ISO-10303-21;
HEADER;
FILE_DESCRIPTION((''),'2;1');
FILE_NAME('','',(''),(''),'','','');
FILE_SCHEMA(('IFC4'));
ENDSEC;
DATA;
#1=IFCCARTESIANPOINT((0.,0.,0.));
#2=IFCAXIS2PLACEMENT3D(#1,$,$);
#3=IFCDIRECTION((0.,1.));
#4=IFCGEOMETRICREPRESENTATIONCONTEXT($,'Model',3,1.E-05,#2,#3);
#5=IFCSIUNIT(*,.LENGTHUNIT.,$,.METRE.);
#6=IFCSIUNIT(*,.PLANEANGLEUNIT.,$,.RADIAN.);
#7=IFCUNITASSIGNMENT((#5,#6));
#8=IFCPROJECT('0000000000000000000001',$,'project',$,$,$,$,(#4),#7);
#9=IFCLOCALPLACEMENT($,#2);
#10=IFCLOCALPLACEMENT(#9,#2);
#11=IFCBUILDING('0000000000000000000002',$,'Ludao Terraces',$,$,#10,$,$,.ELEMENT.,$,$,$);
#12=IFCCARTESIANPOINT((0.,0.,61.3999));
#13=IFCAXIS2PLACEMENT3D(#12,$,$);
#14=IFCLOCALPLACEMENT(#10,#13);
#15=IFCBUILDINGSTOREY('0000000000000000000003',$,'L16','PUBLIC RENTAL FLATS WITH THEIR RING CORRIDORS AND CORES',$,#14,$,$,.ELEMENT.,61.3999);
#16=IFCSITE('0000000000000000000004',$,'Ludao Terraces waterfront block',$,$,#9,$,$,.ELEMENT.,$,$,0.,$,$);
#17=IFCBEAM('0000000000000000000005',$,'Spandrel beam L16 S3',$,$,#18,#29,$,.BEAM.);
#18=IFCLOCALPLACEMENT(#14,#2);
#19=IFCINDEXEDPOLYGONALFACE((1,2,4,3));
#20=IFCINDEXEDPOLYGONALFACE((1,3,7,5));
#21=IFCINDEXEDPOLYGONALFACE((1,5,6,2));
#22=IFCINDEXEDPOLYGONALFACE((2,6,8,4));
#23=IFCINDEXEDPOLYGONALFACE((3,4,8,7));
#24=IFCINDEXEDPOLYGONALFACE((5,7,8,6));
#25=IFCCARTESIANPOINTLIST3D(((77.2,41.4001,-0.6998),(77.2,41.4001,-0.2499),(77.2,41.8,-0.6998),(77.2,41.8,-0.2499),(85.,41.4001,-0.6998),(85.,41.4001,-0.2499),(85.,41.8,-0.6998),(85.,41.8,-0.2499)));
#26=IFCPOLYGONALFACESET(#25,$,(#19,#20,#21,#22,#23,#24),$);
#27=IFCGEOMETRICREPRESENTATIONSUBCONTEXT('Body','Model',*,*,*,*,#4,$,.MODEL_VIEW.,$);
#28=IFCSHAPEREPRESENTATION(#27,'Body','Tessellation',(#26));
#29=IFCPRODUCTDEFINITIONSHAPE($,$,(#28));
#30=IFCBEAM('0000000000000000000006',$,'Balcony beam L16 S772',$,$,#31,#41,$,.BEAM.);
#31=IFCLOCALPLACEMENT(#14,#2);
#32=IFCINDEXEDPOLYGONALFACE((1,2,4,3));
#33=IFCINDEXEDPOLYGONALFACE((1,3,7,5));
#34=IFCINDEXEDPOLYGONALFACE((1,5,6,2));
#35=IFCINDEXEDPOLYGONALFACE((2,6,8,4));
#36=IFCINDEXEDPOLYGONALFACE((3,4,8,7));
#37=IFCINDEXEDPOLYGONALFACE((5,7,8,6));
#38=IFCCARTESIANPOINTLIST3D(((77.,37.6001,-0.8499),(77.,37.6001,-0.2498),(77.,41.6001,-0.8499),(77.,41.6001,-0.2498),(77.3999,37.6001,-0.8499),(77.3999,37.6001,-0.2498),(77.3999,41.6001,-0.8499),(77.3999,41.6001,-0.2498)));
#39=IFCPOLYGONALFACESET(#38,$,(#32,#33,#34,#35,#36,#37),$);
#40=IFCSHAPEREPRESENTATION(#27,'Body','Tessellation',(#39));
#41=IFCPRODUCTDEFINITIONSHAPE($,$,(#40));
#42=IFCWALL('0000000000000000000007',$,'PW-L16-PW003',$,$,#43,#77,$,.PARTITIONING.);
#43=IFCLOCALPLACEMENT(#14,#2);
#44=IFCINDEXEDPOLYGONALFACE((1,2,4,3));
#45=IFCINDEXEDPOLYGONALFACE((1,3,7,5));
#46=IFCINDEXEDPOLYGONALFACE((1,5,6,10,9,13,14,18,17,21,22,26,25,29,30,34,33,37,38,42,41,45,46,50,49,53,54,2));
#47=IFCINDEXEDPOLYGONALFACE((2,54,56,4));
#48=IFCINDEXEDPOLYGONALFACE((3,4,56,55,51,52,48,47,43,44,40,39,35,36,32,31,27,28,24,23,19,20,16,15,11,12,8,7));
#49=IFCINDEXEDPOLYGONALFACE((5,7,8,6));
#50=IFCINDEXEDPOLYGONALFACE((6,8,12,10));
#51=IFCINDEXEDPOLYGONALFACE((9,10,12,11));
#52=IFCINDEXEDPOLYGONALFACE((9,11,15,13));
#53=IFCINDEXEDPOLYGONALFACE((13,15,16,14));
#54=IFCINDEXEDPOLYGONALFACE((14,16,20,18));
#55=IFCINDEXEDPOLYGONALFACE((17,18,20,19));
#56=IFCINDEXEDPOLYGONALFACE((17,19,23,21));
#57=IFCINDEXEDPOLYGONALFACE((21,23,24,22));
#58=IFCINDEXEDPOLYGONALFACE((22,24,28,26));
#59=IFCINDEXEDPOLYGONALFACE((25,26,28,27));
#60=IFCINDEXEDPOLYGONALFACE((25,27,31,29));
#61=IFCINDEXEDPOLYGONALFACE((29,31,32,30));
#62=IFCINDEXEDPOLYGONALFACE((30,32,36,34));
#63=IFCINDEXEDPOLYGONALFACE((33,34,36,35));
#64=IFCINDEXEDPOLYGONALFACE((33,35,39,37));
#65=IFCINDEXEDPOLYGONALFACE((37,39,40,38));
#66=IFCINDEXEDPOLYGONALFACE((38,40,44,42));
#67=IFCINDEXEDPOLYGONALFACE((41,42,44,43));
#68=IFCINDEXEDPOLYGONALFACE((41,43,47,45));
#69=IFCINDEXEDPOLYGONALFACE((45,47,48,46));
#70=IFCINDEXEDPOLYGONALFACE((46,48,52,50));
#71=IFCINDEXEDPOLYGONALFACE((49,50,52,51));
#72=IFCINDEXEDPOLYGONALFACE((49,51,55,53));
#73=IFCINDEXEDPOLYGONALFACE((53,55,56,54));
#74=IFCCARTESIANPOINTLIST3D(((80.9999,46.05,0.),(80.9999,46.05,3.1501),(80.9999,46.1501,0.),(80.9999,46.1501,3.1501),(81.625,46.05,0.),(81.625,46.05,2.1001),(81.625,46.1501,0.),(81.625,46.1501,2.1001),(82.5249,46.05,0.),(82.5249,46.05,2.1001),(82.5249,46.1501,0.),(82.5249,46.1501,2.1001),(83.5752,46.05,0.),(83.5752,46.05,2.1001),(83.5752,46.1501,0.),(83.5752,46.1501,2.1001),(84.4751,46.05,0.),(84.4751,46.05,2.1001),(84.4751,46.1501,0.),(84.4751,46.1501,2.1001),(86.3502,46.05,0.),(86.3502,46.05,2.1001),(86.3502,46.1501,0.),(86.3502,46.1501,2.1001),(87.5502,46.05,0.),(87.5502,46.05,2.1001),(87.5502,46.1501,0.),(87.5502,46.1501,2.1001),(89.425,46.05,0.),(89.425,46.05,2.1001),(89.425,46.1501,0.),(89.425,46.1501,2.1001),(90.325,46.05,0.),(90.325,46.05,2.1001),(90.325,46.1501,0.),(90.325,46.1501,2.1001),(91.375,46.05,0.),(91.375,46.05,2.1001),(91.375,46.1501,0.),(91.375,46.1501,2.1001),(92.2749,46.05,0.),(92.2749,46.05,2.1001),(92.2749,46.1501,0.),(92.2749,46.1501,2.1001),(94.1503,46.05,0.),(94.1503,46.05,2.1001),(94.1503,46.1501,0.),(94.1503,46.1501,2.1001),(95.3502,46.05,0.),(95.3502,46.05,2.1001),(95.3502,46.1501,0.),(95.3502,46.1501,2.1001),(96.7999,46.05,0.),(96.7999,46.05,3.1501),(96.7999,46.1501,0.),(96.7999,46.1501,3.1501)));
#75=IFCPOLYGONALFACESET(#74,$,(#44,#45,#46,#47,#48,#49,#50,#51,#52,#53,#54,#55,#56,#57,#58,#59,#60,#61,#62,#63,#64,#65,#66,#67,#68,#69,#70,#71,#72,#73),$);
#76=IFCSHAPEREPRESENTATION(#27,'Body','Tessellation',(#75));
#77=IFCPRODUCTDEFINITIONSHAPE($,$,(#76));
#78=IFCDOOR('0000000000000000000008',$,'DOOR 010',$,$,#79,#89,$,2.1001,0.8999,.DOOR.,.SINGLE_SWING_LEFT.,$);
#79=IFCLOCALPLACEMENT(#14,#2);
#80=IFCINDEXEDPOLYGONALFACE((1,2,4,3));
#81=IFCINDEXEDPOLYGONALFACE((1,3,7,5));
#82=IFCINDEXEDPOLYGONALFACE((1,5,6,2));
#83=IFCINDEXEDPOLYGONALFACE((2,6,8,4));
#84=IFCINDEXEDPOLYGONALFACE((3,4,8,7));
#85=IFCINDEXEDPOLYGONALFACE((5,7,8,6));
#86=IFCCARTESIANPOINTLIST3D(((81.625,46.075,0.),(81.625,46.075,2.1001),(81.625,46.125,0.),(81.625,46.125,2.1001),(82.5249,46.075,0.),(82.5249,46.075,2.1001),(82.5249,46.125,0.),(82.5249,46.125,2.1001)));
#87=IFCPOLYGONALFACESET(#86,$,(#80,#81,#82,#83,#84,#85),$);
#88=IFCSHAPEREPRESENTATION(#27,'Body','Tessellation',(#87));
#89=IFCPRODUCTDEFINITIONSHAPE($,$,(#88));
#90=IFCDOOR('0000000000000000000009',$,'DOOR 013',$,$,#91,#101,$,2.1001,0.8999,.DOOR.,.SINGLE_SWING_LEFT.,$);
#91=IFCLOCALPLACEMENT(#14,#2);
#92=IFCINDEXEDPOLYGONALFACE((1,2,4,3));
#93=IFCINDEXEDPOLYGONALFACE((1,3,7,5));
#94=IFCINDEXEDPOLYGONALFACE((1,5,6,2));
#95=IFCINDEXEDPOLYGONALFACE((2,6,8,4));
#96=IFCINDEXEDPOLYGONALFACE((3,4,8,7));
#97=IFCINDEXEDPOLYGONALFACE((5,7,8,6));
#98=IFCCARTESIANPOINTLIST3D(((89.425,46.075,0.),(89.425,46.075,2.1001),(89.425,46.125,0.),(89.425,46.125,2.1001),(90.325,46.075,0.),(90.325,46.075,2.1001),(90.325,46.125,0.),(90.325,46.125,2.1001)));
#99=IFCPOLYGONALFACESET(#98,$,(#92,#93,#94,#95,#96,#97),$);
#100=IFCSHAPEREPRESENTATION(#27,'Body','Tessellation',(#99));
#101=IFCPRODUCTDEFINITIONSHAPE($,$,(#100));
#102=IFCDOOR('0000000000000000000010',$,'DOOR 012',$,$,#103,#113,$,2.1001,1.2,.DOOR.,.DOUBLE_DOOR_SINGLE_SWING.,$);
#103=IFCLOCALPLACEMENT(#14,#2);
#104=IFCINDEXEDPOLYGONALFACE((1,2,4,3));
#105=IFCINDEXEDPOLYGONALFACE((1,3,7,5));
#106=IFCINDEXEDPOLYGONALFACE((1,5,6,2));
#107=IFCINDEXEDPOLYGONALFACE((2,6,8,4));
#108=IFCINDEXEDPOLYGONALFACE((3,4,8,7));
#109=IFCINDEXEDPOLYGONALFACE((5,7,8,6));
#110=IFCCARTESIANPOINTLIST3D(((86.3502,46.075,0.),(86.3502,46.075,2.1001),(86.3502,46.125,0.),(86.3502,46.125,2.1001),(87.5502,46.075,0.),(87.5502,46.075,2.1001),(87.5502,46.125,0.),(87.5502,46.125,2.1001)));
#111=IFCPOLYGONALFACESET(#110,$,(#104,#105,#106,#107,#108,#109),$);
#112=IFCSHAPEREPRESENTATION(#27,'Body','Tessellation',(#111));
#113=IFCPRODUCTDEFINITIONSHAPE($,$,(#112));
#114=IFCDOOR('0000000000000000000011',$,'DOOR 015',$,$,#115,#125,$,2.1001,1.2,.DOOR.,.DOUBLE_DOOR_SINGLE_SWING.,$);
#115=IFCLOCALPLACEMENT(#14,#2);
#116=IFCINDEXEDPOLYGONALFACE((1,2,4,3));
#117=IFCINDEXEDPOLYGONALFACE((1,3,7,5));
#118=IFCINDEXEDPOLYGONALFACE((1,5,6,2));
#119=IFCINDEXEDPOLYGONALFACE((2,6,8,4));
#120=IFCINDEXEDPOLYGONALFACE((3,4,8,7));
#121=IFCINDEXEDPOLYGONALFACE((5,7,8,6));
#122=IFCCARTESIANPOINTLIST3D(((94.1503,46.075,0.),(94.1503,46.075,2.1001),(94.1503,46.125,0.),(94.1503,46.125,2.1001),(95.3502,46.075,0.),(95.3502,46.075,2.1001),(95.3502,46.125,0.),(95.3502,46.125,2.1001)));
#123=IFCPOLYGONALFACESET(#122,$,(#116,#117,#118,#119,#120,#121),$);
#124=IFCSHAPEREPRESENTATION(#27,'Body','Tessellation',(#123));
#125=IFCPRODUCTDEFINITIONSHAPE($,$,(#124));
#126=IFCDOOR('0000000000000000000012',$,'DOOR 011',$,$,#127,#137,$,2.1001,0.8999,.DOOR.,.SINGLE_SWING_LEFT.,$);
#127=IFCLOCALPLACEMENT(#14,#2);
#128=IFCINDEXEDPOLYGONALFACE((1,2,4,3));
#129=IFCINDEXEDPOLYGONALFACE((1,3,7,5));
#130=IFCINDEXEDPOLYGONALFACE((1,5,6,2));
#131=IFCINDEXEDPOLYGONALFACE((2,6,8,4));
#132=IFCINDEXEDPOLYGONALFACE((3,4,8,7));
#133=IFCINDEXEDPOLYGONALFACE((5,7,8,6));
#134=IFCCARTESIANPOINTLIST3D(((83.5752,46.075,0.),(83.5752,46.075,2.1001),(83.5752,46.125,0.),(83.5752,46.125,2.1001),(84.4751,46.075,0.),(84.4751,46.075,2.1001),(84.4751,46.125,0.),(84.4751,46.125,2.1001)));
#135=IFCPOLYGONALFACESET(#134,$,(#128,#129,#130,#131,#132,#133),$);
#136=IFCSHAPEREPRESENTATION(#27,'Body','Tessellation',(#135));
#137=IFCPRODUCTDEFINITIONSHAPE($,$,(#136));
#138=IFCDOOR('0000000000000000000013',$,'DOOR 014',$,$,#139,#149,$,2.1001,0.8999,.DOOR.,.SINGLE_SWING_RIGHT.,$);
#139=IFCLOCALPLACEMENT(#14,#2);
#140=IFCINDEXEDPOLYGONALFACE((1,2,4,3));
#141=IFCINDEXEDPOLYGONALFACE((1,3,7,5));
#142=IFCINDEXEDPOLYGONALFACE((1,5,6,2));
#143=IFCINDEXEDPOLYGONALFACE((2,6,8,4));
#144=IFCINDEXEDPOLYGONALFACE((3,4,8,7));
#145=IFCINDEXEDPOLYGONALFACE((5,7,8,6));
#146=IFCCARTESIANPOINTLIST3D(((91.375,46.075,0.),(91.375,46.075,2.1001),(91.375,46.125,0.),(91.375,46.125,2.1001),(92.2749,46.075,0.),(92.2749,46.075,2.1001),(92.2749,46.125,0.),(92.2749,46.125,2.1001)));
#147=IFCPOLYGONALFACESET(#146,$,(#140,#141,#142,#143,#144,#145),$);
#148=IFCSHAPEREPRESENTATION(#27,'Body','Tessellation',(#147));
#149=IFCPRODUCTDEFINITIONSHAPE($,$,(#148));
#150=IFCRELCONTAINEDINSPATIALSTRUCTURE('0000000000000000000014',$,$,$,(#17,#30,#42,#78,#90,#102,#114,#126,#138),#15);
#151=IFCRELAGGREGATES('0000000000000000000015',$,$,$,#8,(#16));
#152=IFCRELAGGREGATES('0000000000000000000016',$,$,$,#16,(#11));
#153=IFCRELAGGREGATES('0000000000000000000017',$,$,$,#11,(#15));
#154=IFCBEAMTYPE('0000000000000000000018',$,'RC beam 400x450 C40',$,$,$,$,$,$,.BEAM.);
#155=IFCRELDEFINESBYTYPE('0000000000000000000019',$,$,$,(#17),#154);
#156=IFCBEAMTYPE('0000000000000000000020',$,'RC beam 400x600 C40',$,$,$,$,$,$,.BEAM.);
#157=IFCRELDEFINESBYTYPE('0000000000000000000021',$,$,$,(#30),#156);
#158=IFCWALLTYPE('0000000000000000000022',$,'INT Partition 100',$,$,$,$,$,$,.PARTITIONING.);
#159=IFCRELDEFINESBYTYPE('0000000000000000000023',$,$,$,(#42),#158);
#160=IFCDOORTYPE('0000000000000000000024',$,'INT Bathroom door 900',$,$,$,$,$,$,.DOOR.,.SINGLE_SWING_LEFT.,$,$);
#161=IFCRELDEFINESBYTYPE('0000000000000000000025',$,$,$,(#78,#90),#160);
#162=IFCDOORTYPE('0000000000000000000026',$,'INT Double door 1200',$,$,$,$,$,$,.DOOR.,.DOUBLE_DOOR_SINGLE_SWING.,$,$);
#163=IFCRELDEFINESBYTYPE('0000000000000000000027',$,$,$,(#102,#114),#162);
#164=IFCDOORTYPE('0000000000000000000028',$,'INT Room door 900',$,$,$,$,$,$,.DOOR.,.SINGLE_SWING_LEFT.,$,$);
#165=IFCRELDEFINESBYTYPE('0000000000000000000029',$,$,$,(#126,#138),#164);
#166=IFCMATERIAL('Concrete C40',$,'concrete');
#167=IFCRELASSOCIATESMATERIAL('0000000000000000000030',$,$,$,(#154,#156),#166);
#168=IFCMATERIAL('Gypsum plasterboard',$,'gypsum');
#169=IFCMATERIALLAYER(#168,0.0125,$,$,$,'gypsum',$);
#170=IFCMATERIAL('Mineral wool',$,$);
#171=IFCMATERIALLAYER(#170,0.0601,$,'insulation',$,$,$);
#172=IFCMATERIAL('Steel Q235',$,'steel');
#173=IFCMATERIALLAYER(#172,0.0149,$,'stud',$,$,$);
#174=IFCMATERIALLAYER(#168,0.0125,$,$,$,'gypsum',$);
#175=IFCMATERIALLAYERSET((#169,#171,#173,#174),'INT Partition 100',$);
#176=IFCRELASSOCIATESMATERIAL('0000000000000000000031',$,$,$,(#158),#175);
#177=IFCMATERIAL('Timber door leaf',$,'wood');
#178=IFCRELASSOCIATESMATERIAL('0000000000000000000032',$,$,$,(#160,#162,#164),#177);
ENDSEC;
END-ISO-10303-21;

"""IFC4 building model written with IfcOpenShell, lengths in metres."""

from ifc_helpers import new_model, si_unit, direction, frame, frame_2d, origin, origin_2d, place, context, subcontext, project, spatial, rectangle, extrude, material, layer, layer_set, material_profile, profile_set, type_object, element, fill, save


model = new_model("IFC4")

# Units and contexts
model_context = context("Model", 3, precision=1e-05, world=origin(), true_north=direction((0.0, 1.0)))
body_context = subcontext(model_context, "Body", "Model", "MODEL_VIEW")
ifc_project = project(units=[si_unit("LENGTHUNIT", "METRE"), si_unit("PLANEANGLEUNIT", "RADIAN")], contexts=[model_context])

# Site, building, storey
site_placement = place(None, origin())
site = spatial("IfcSite", under=ifc_project, at=site_placement, Name="Ludao Terraces waterfront block", CompositionType="ELEMENT", RefElevation=0.0)
building_placement = place(site_placement, origin())
building = spatial("IfcBuilding", under=site, at=building_placement, Name="Ludao Terraces", CompositionType="ELEMENT")
storey_placement = place(building_placement, frame((0.0, 0.0, 61.3999)))
storey = spatial("IfcBuildingStorey", under=building, at=storey_placement, Name="L16", Description="PUBLIC RENTAL FLATS WITH THEIR RING CORRIDORS AND CORES", CompositionType="ELEMENT", Elevation=61.3999)

# Beams
ifc_material_1 = material(Name="Concrete C40", Category="concrete")
ifc_material_profile_1 = material_profile(ifc_material_1, rectangle(XDim=0.3999, YDim=0.45, at=origin_2d()), Name="400 X 450")
ifc_profile_set_1 = profile_set([ifc_material_profile_1], Name="Concrete C40")
beam_type_1 = type_object("IfcBeamType", Name="RC beam 400x450 C40", PredefinedType="BEAM", material=ifc_profile_set_1)
beam_1_placement = place(storey_placement, frame((77.2, 41.6001, -0.4749), z_axis=(1.0, 0.0, 0.0), x_axis=(0.0, 1.0, 0.0)))
element("IfcBeam", 1, at=beam_1_placement, inside=storey, type_object=beam_type_1, Name="Spandrel beam L16 S3", PredefinedType="BEAM", context=body_context, shape_type="SweptSolid", body=[
    extrude(rectangle(XDim=0.3999, YDim=0.45, at=origin_2d()), origin(), (0.0, 0.0, 1.0), 7.8),
])
ifc_material_profile_2 = material_profile(ifc_material_1, rectangle(XDim=0.3999, YDim=0.6001, at=origin_2d()), Name="400 X 600")
ifc_profile_set_2 = profile_set([ifc_material_profile_2], Name="Concrete C40")
beam_type_2 = type_object("IfcBeamType", Name="RC beam 400x600 C40", PredefinedType="BEAM", material=ifc_profile_set_2)
beam_2_placement = place(storey_placement, frame((77.2, 41.6001, -0.5498), z_axis=(0.0, -1.0, 0.0), x_axis=(1.0, 0.0, 0.0)))
element("IfcBeam", 2, at=beam_2_placement, inside=storey, type_object=beam_type_2, Name="Balcony beam L16 S772", PredefinedType="BEAM", context=body_context, shape_type="SweptSolid", body=[
    extrude(rectangle(XDim=0.3999, YDim=0.6001, at=origin_2d()), origin(), (0.0, 0.0, 1.0), 4.0),
])

# Shared definitions
ifc_material_2 = material(Name="Mineral wool")

# Wall, openings, doors
ifc_material_3 = material(Name="Gypsum plasterboard", Category="gypsum")
ifc_layer_1 = layer(ifc_material_3, 0.0125, Category="gypsum")
ifc_layer_2 = layer(ifc_material_2, 0.0601, Name="insulation")
ifc_material_4 = material(Name="Steel Q235", Category="steel")
ifc_layer_3 = layer(ifc_material_4, 0.0149, Name="stud")
ifc_layer_4 = layer(ifc_material_3, 0.0125, Category="gypsum")
ifc_layer_set_1 = layer_set([ifc_layer_1, ifc_layer_2, ifc_layer_3, ifc_layer_4], Name="INT Partition 100")
wall_type_1 = type_object("IfcWallType", Name="INT Partition 100", PredefinedType="PARTITIONING", material=ifc_layer_set_1)
wall_1_placement = place(storey_placement, frame((81.0, 46.1001, 0.0), z_axis=(0.0, 0.0, 1.0), x_axis=(1.0, 0.0, 0.0)))
wall_1 = element("IfcWall", 3, at=wall_1_placement, inside=storey, type_object=wall_type_1, Name="PW-L16-PW003", PredefinedType="PARTITIONING", context=body_context, shape_type="SweptSolid", body=[
    extrude(rectangle(XDim=15.8, YDim=0.1001, at=frame_2d((7.8999, 0.0))), origin(), (0.0, 0.0, 1.0), 3.1501),
])
opening_1_placement = place(wall_1_placement, frame((0.625, 0.0, 0.0)))
opening_1 = element("IfcOpeningElement", 4, at=opening_1_placement, cuts=wall_1, PredefinedType="OPENING", context=body_context, shape_type="SweptSolid", body=[
    extrude(rectangle(XDim=0.8999, YDim=2.1001, at=frame_2d((0.45, 1.05))), frame((0.0, 0.0601, 0.0), z_axis=(0.0, -1.0, 0.0), x_axis=(1.0, 0.0, 0.0)), (0.0, 0.0, 1.0), 0.1201),
])
opening_2_placement = place(wall_1_placement, frame((2.5752, 0.0, 0.0)))
opening_2 = element("IfcOpeningElement", 5, at=opening_2_placement, cuts=wall_1, PredefinedType="OPENING", context=body_context, shape_type="SweptSolid", body=[
    extrude(rectangle(XDim=0.8999, YDim=2.1001, at=frame_2d((0.45, 1.05))), frame((0.0, 0.0601, 0.0), z_axis=(0.0, -1.0, 0.0), x_axis=(1.0, 0.0, 0.0)), (0.0, 0.0, 1.0), 0.1201),
])
opening_3_placement = place(wall_1_placement, frame((5.3501, 0.0, 0.0)))
opening_3 = element("IfcOpeningElement", 6, at=opening_3_placement, cuts=wall_1, PredefinedType="OPENING", context=body_context, shape_type="SweptSolid", body=[
    extrude(rectangle(XDim=1.2, YDim=2.1001, at=frame_2d((0.6001, 1.05))), frame((0.0, 0.0601, 0.0), z_axis=(0.0, -1.0, 0.0), x_axis=(1.0, 0.0, 0.0)), (0.0, 0.0, 1.0), 0.1201),
])
opening_4_placement = place(wall_1_placement, frame((8.425, 0.0, 0.0)))
opening_4 = element("IfcOpeningElement", 7, at=opening_4_placement, cuts=wall_1, PredefinedType="OPENING", context=body_context, shape_type="SweptSolid", body=[
    extrude(rectangle(XDim=0.8999, YDim=2.1001, at=frame_2d((0.45, 1.05))), frame((0.0, 0.0601, 0.0), z_axis=(0.0, -1.0, 0.0), x_axis=(1.0, 0.0, 0.0)), (0.0, 0.0, 1.0), 0.1201),
])
opening_5_placement = place(wall_1_placement, frame((10.375, 0.0, 0.0)))
opening_5 = element("IfcOpeningElement", 8, at=opening_5_placement, cuts=wall_1, PredefinedType="OPENING", context=body_context, shape_type="SweptSolid", body=[
    extrude(rectangle(XDim=0.8999, YDim=2.1001, at=frame_2d((0.45, 1.05))), frame((0.0, 0.0601, 0.0), z_axis=(0.0, -1.0, 0.0), x_axis=(1.0, 0.0, 0.0)), (0.0, 0.0, 1.0), 0.1201),
])
opening_6_placement = place(wall_1_placement, frame((13.1501, 0.0, 0.0)))
opening_6 = element("IfcOpeningElement", 9, at=opening_6_placement, cuts=wall_1, PredefinedType="OPENING", context=body_context, shape_type="SweptSolid", body=[
    extrude(rectangle(XDim=1.2, YDim=2.1001, at=frame_2d((0.6001, 1.05))), frame((0.0, 0.0601, 0.0), z_axis=(0.0, -1.0, 0.0), x_axis=(1.0, 0.0, 0.0)), (0.0, 0.0, 1.0), 0.1201),
])
ifc_material_5 = material(Name="Timber door leaf", Category="wood")
door_type_1 = type_object("IfcDoorType", Name="INT Bathroom door 900", OperationType="SINGLE_SWING_LEFT", PredefinedType="DOOR", material=ifc_material_5)
door_1_placement = place(opening_1_placement, origin())
door_1 = element("IfcDoor", 10, at=door_1_placement, inside=storey, type_object=door_type_1, Name="DOOR 010", OperationType="SINGLE_SWING_LEFT", OverallHeight=2.1001, OverallWidth=0.8999, PredefinedType="DOOR", context=body_context, shape_type="SweptSolid", body=[
    extrude(rectangle(XDim=0.8999, YDim=2.1001, at=frame_2d((0.45, 1.05))), frame((0.0, 0.0249, 0.0), z_axis=(0.0, -1.0, 0.0), x_axis=(1.0, 0.0, 0.0)), (0.0, 0.0, 1.0), 0.05),
])
fill(opening_1, door_1)
door_2_placement = place(opening_4_placement, origin())
door_2 = element("IfcDoor", 11, at=door_2_placement, inside=storey, type_object=door_type_1, Name="DOOR 013", OperationType="SINGLE_SWING_LEFT", OverallHeight=2.1001, OverallWidth=0.8999, PredefinedType="DOOR", context=body_context, shape_type="SweptSolid", body=[
    extrude(rectangle(XDim=0.8999, YDim=2.1001, at=frame_2d((0.45, 1.05))), frame((0.0, 0.0249, 0.0), z_axis=(0.0, -1.0, 0.0), x_axis=(1.0, 0.0, 0.0)), (0.0, 0.0, 1.0), 0.05),
])
fill(opening_4, door_2)
door_type_2 = type_object("IfcDoorType", Name="INT Double door 1200", OperationType="DOUBLE_DOOR_SINGLE_SWING", PredefinedType="DOOR", material=ifc_material_5)
door_3_placement = place(opening_3_placement, origin())
door_3 = element("IfcDoor", 12, at=door_3_placement, inside=storey, type_object=door_type_2, Name="DOOR 012", OperationType="DOUBLE_DOOR_SINGLE_SWING", OverallHeight=2.1001, OverallWidth=1.2, PredefinedType="DOOR", context=body_context, shape_type="SweptSolid", body=[
    extrude(rectangle(XDim=1.2, YDim=2.1001, at=frame_2d((0.6001, 1.05))), frame((0.0, 0.0249, 0.0), z_axis=(0.0, -1.0, 0.0), x_axis=(1.0, 0.0, 0.0)), (0.0, 0.0, 1.0), 0.05),
])
fill(opening_3, door_3)
door_4_placement = place(opening_6_placement, origin())
door_4 = element("IfcDoor", 13, at=door_4_placement, inside=storey, type_object=door_type_2, Name="DOOR 015", OperationType="DOUBLE_DOOR_SINGLE_SWING", OverallHeight=2.1001, OverallWidth=1.2, PredefinedType="DOOR", context=body_context, shape_type="SweptSolid", body=[
    extrude(rectangle(XDim=1.2, YDim=2.1001, at=frame_2d((0.6001, 1.05))), frame((0.0, 0.0249, 0.0), z_axis=(0.0, -1.0, 0.0), x_axis=(1.0, 0.0, 0.0)), (0.0, 0.0, 1.0), 0.05),
])
fill(opening_6, door_4)
door_type_3 = type_object("IfcDoorType", Name="INT Room door 900", OperationType="SINGLE_SWING_LEFT", PredefinedType="DOOR", material=ifc_material_5)
door_5_placement = place(opening_2_placement, origin())
door_5 = element("IfcDoor", 14, at=door_5_placement, inside=storey, type_object=door_type_3, Name="DOOR 011", OperationType="SINGLE_SWING_LEFT", OverallHeight=2.1001, OverallWidth=0.8999, PredefinedType="DOOR", context=body_context, shape_type="SweptSolid", body=[
    extrude(rectangle(XDim=0.8999, YDim=2.1001, at=frame_2d((0.45, 1.05))), frame((0.0, 0.0249, 0.0), z_axis=(0.0, -1.0, 0.0), x_axis=(1.0, 0.0, 0.0)), (0.0, 0.0, 1.0), 0.05),
])
fill(opening_2, door_5)
door_6_placement = place(opening_5_placement, origin())
door_6 = element("IfcDoor", 15, at=door_6_placement, inside=storey, type_object=door_type_3, Name="DOOR 014", OperationType="SINGLE_SWING_RIGHT", OverallHeight=2.1001, OverallWidth=0.8999, PredefinedType="DOOR", context=body_context, shape_type="SweptSolid", body=[
    extrude(rectangle(XDim=0.8999, YDim=2.1001, at=frame_2d((0.45, 1.05))), frame((0.0, 0.0249, 0.0), z_axis=(0.0, -1.0, 0.0), x_axis=(1.0, 0.0, 0.0)), (0.0, 0.0, 1.0), 0.05),
])
fill(opening_5, door_6)

save(model, "model.ifc")
